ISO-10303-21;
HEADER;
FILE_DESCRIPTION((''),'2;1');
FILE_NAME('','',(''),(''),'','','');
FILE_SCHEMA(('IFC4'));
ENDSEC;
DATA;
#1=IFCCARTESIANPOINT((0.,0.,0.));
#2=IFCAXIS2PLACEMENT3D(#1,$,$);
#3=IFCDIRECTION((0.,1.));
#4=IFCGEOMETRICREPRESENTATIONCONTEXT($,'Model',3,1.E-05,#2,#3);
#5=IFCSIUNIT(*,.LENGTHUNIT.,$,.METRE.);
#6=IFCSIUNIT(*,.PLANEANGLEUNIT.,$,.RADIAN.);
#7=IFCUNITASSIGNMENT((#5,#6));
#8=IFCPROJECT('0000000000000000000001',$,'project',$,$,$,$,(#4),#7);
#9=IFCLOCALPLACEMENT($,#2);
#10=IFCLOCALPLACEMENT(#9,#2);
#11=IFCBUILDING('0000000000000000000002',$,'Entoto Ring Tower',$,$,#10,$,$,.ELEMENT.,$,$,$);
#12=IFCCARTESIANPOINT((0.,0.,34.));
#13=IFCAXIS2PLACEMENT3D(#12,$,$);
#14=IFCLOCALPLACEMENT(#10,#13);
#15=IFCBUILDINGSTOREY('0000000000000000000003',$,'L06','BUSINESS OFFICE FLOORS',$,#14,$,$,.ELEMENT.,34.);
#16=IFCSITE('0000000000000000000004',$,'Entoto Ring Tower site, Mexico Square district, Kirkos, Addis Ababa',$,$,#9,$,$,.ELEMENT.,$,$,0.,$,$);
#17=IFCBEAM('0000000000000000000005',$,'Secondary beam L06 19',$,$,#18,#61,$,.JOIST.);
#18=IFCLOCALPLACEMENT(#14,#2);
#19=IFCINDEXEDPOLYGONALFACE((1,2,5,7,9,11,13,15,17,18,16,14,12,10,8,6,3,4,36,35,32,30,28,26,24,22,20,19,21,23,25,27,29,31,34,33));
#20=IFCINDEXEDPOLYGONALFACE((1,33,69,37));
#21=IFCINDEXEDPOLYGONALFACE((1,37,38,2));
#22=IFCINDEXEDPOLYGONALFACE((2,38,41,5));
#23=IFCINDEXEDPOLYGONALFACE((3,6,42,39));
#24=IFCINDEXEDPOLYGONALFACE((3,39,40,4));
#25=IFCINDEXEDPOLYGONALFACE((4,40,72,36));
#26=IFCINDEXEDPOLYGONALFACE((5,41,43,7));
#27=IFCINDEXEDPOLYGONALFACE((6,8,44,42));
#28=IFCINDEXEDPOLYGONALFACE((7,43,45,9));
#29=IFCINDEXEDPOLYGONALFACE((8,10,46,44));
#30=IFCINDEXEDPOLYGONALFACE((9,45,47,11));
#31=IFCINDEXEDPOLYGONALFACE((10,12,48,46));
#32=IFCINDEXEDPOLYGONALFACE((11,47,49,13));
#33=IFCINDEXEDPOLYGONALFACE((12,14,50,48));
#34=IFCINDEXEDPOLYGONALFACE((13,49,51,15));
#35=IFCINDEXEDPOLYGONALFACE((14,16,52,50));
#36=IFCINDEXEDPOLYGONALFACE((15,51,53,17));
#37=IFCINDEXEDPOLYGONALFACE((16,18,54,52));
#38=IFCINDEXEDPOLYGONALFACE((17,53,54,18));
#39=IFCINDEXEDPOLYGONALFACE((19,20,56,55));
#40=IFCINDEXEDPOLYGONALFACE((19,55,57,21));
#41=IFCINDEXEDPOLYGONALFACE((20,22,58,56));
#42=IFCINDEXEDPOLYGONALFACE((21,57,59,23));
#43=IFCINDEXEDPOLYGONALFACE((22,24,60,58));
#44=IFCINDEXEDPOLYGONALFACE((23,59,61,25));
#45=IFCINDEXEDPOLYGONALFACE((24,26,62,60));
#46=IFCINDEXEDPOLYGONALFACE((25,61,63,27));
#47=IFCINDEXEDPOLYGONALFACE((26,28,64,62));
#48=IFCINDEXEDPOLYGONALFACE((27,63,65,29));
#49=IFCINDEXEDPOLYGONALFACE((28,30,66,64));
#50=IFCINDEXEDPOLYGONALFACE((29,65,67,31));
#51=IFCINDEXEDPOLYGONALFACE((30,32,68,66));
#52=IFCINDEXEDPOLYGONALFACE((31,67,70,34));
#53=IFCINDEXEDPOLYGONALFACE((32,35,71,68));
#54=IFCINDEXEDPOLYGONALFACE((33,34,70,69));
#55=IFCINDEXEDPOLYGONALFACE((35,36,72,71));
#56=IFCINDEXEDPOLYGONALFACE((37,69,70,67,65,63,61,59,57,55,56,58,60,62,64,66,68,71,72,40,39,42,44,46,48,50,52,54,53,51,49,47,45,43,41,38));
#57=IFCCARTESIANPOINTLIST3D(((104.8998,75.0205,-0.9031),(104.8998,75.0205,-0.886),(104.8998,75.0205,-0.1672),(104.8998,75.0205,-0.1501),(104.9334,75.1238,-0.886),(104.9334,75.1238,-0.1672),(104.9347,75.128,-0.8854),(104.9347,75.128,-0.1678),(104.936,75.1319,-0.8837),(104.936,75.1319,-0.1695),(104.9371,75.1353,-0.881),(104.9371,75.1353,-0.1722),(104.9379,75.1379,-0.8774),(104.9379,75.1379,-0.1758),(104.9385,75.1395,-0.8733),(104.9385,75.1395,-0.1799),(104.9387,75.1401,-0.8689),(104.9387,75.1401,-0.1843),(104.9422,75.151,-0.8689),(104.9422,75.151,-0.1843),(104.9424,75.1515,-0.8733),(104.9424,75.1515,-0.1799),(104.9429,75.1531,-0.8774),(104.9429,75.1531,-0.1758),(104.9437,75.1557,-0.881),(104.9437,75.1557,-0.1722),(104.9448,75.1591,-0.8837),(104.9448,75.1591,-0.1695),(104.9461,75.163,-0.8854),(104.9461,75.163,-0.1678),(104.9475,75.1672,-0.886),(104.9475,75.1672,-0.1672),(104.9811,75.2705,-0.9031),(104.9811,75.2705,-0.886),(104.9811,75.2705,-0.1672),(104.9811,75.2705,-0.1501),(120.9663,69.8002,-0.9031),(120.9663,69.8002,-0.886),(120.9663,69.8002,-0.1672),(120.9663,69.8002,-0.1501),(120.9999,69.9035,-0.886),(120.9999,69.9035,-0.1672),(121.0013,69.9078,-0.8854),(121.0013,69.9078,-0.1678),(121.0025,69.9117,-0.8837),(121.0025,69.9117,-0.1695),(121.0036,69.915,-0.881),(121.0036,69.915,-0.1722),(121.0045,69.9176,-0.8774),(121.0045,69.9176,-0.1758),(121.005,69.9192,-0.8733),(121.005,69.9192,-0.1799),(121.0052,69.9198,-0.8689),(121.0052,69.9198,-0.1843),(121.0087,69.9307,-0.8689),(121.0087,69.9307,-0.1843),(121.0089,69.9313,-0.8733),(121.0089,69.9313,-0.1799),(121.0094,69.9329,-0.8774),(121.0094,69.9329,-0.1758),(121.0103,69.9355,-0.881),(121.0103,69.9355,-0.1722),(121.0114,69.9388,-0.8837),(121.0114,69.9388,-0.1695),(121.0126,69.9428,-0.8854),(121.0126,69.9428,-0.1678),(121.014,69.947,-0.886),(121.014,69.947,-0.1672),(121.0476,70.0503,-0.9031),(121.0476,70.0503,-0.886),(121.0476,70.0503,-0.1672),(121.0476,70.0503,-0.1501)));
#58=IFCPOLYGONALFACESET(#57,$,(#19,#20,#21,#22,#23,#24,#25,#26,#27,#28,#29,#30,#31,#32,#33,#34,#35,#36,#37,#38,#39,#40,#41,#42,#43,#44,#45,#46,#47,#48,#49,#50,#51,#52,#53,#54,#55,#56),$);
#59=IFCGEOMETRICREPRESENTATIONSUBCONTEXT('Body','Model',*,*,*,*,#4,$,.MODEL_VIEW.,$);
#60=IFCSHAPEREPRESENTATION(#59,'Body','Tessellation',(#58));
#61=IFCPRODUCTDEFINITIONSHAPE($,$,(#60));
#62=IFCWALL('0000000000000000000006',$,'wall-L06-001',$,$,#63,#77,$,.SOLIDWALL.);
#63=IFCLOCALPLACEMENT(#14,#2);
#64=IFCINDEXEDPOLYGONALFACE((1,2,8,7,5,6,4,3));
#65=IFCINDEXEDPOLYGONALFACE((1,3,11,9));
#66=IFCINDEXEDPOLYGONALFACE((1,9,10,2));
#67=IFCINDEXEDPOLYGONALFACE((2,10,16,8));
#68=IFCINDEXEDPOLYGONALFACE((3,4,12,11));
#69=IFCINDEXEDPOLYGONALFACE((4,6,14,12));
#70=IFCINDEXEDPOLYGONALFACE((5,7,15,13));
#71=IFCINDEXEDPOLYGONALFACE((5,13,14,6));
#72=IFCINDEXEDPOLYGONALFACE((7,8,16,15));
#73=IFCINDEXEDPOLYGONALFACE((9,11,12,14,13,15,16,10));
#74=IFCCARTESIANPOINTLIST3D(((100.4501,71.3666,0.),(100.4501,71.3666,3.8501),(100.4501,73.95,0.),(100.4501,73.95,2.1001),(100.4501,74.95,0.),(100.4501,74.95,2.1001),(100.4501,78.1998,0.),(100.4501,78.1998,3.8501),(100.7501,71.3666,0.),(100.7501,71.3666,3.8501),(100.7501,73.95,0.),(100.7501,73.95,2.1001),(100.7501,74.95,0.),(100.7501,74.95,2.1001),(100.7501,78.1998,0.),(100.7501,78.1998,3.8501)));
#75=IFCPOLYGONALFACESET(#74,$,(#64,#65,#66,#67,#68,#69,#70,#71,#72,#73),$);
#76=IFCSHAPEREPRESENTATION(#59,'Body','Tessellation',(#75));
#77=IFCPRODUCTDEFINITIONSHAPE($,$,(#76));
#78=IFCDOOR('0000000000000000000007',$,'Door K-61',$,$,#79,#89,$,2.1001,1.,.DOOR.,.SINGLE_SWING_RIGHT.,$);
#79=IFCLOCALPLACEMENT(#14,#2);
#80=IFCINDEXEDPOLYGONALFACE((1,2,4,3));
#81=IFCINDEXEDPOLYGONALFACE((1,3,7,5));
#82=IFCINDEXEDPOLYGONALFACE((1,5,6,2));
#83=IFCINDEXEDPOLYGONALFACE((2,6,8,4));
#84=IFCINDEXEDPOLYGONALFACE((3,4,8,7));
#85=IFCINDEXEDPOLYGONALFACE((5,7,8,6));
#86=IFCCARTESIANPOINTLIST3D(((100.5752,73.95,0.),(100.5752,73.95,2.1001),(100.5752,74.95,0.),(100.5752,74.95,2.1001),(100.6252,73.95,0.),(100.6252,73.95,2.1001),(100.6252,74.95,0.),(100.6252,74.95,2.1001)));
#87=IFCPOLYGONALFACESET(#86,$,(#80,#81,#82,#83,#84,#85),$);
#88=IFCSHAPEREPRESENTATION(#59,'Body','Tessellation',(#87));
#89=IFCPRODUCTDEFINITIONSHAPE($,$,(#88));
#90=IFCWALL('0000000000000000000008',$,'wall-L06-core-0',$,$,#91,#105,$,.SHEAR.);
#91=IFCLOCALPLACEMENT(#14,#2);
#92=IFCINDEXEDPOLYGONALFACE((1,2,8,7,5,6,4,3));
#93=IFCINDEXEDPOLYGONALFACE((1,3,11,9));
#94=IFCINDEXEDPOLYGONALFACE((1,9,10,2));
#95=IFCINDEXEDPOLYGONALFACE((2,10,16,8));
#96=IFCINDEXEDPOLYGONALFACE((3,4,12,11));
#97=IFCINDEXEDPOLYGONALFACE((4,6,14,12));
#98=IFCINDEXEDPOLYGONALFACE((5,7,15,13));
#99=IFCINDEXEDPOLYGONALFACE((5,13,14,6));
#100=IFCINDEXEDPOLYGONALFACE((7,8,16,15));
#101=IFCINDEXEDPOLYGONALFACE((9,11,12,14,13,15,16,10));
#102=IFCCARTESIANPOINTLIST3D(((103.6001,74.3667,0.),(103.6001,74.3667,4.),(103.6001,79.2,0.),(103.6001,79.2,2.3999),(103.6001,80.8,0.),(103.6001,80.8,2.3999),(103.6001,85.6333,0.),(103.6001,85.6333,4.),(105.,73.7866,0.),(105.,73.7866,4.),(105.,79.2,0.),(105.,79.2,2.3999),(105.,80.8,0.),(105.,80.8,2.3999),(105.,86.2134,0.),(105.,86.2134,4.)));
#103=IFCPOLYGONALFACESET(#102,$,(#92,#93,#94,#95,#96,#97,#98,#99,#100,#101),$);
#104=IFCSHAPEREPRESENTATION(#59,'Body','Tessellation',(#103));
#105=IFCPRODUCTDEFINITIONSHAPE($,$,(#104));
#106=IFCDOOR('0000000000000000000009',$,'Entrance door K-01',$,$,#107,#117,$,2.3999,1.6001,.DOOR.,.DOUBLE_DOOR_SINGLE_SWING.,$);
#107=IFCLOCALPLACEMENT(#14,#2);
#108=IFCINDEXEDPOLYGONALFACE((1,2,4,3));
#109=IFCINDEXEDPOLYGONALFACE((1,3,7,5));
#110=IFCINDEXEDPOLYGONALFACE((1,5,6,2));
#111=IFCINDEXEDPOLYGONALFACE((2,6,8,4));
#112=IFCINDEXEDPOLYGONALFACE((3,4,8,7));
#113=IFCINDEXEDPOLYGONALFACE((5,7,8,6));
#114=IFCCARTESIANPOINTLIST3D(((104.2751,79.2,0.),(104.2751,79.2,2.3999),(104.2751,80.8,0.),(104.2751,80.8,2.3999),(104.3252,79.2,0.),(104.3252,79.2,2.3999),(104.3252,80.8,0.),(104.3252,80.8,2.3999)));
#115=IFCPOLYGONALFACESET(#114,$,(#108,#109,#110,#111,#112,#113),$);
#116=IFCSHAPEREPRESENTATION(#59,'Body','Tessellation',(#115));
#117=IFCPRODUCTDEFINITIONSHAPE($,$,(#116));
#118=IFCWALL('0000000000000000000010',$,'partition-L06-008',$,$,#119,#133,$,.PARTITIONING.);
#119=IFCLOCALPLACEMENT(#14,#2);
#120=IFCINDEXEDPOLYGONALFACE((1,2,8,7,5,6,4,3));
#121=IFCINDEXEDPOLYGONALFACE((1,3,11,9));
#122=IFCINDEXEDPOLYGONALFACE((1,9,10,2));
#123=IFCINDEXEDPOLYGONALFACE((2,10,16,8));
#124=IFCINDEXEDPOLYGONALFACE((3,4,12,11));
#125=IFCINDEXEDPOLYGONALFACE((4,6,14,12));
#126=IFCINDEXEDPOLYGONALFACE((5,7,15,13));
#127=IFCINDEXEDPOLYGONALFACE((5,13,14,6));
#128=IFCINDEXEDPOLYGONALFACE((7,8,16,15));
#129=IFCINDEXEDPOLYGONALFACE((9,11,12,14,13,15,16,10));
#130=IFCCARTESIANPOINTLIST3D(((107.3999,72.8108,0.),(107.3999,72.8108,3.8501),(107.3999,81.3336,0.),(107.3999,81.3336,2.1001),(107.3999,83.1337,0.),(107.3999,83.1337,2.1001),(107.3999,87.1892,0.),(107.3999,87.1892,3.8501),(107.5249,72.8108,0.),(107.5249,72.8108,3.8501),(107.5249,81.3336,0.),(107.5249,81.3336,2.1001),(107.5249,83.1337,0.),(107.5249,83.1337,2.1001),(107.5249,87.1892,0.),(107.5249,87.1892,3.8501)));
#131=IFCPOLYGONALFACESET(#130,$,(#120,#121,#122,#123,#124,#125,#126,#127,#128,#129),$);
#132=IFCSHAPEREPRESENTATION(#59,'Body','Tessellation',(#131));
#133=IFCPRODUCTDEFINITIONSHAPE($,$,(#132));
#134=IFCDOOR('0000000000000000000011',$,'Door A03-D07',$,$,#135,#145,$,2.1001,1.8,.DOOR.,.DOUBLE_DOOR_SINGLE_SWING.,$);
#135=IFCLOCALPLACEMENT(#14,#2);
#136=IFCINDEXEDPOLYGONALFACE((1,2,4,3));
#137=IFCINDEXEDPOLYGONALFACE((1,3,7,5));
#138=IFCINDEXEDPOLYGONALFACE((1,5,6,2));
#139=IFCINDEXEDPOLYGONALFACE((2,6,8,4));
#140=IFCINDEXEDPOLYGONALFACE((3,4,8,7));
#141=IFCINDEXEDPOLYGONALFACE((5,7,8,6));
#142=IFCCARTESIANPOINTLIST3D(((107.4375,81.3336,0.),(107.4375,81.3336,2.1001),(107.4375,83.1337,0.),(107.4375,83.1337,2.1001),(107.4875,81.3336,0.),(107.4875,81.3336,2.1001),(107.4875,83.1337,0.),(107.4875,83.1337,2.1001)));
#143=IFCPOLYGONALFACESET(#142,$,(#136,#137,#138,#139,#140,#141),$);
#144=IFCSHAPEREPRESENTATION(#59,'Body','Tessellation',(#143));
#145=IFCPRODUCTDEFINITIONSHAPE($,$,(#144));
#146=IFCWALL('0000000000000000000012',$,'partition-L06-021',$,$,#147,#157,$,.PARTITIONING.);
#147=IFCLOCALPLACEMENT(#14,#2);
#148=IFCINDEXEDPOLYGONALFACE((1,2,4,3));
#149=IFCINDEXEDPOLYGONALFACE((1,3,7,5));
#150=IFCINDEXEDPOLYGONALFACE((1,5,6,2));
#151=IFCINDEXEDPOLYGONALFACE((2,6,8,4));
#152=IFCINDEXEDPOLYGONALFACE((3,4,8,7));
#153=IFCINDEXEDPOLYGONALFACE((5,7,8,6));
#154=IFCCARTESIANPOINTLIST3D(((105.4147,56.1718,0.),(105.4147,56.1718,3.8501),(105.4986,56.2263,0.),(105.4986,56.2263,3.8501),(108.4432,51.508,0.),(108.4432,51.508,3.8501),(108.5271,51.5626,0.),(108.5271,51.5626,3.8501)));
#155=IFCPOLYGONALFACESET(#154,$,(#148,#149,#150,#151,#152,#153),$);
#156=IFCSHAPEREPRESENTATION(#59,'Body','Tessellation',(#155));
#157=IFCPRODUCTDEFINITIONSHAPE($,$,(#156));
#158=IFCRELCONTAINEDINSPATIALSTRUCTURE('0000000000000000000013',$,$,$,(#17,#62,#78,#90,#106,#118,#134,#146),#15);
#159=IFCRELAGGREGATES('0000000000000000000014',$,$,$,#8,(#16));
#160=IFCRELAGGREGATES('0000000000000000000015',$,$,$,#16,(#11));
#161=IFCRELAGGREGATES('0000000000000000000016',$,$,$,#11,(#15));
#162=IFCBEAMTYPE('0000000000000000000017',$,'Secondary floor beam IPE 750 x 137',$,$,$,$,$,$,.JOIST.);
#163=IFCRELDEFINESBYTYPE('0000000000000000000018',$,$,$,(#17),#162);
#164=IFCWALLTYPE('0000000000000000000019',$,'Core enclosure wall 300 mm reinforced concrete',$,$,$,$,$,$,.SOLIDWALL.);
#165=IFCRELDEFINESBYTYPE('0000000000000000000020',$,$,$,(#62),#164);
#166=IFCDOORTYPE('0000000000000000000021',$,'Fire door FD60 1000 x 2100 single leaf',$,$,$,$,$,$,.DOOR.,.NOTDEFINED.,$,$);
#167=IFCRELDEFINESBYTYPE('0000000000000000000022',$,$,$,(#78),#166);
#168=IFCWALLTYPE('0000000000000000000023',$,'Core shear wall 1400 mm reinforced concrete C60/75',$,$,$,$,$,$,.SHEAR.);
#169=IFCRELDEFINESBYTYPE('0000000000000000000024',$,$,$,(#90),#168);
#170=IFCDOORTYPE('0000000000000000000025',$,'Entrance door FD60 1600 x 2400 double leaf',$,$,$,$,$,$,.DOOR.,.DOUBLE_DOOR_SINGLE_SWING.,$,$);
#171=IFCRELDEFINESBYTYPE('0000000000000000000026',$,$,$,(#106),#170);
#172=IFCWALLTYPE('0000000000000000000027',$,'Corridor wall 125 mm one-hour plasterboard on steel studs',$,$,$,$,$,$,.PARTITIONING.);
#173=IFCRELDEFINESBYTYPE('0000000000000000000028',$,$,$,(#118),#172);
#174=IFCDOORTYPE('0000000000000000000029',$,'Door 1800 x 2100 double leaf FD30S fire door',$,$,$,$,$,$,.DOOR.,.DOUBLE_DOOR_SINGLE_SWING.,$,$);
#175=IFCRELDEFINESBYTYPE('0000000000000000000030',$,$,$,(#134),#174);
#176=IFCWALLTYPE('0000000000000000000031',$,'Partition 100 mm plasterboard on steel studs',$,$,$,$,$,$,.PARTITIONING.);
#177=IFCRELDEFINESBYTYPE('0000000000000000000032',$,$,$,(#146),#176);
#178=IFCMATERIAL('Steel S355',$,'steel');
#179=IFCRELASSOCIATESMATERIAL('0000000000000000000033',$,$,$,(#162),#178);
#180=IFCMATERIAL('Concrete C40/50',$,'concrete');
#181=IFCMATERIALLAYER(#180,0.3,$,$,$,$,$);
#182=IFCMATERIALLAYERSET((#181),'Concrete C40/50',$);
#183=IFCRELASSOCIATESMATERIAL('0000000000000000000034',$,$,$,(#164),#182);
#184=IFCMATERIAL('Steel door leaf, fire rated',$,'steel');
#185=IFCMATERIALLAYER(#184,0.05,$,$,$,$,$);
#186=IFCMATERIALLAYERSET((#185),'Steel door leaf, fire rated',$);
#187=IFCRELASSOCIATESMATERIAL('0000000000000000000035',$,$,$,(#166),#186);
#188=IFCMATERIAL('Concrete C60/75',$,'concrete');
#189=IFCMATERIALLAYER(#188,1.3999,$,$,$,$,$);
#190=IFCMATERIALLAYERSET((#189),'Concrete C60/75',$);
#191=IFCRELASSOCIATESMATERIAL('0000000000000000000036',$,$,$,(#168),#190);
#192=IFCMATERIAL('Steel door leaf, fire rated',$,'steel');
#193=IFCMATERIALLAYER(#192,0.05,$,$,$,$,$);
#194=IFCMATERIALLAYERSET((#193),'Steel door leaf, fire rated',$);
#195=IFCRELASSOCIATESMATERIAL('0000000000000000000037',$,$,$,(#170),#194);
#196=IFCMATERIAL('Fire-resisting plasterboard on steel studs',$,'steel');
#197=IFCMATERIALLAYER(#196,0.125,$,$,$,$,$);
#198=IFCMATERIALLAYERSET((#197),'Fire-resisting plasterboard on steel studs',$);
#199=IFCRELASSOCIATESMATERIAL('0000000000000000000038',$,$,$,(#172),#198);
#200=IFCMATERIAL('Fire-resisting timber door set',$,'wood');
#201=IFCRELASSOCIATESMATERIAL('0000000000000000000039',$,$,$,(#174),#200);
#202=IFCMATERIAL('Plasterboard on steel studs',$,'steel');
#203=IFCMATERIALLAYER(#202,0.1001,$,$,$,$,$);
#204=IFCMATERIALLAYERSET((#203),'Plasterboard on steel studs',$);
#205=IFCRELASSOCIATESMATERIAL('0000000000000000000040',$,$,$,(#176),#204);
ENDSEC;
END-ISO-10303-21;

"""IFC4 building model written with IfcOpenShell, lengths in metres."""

from ifc_helpers import new_model, si_unit, direction, frame, frame_2d, origin, origin_2d, place, context, subcontext, project, spatial, polyline, rectangle, i_section, outline, extrude, material, layer, layer_set, material_profile, profile_set, type_object, element, fill, save


model = new_model("IFC4")

# Units and contexts
model_context = context("Model", 3, precision=1e-05, world=origin(), true_north=direction((0.0, 1.0)))
body_context = subcontext(model_context, "Body", "Model", "MODEL_VIEW")
ifc_project = project(units=[si_unit("LENGTHUNIT", "METRE"), si_unit("PLANEANGLEUNIT", "RADIAN")], contexts=[model_context])

# Site, building, storey
site_placement = place(None, origin())
site = spatial("IfcSite", under=ifc_project, at=site_placement, Name="Entoto Ring Tower site, Mexico Square district, Kirkos, Addis Ababa", CompositionType="ELEMENT", RefElevation=0.0)
building_placement = place(site_placement, origin())
building = spatial("IfcBuilding", under=site, at=building_placement, Name="Entoto Ring Tower", CompositionType="ELEMENT")
storey_placement = place(building_placement, frame((0.0, 0.0, 34.0)))
storey = spatial("IfcBuildingStorey", under=building, at=storey_placement, Name="L06", Description="BUSINESS OFFICE FLOORS", CompositionType="ELEMENT", Elevation=34.0)

# Beam
ifc_material_1 = material(Name="Steel S355", Category="steel")
ifc_material_profile_1 = material_profile(ifc_material_1, i_section(OverallWidth=0.2629, OverallDepth=0.7529, WebThickness=0.0115, FlangeThickness=0.0171, FilletRadius=0.0171, at=origin_2d()), Name="IPE 750 x 137")
ifc_profile_set_1 = profile_set([ifc_material_profile_1], Name="Steel S355")
beam_type_1 = type_object("IfcBeamType", Name="Secondary floor beam IPE 750 x 137", PredefinedType="JOIST", material=ifc_profile_set_1)
beam_1_placement = place(storey_placement, frame((104.9404, 75.1455, -0.5266), z_axis=(0.951058, -0.309013, 0.0), x_axis=(0.309013, 0.951058, 0.0)))
element("IfcBeam", 1, at=beam_1_placement, inside=storey, type_object=beam_type_1, Name="Secondary beam L06 19", PredefinedType="JOIST", context=body_context, shape_type="SweptSolid", body=[
    extrude(i_section(OverallWidth=0.2629, OverallDepth=0.7529, WebThickness=0.0115, FlangeThickness=0.0171, FilletRadius=0.0171, at=origin_2d()), origin(), (0.0, 0.0, 1.0), 16.8933),
])

# Walls, openings, doors
ifc_material_2 = material(Name="Concrete C40/50", Category="concrete")
ifc_layer_1 = layer(ifc_material_2, 0.3)
ifc_layer_set_1 = layer_set([ifc_layer_1], Name="Concrete C40/50")
wall_type_1 = type_object("IfcWallType", Name="Core enclosure wall 300 mm reinforced concrete", PredefinedType="SOLIDWALL", material=ifc_layer_set_1)
wall_1_placement = place(storey_placement, frame((100.6001, 71.3667, 0.0), z_axis=(0.0, 0.0, 1.0), x_axis=(0.0, 1.0, 0.0)))
wall_1 = element("IfcWall", 2, at=wall_1_placement, inside=storey, type_object=wall_type_1, Name="wall-L06-001", PredefinedType="SOLIDWALL", context=body_context, shape_type="SweptSolid", body=[
    extrude(rectangle(XDim=6.8333, YDim=0.3, at=frame_2d((3.4165, 0.0))), origin(), (0.0, 0.0, 1.0), 3.8501),
])
opening_1_placement = place(wall_1_placement, frame((2.5833, 0.0, 0.0)))
opening_1 = element("IfcOpeningElement", 3, at=opening_1_placement, cuts=wall_1, PredefinedType="OPENING", context=body_context, shape_type="SweptSolid", body=[
    extrude(rectangle(XDim=1.0, YDim=2.1001, at=frame_2d((0.5, 1.05))), frame((0.0, 0.1602, 0.0), z_axis=(0.0, -1.0, 0.0), x_axis=(1.0, 0.0, 0.0)), (0.0, 0.0, 1.0), 0.3201),
])
ifc_material_3 = material(Name="Steel door leaf, fire rated", Category="steel")
ifc_layer_2 = layer(ifc_material_3, 0.05)
ifc_layer_set_2 = layer_set([ifc_layer_2], Name="Steel door leaf, fire rated")
door_type_1 = type_object("IfcDoorType", Name="Fire door FD60 1000 x 2100 single leaf", OperationType="NOTDEFINED", PredefinedType="DOOR", material=ifc_layer_set_2)
door_1_placement = place(opening_1_placement, origin())
door_1 = element("IfcDoor", 4, at=door_1_placement, inside=storey, type_object=door_type_1, Name="Door K-61", OperationType="SINGLE_SWING_RIGHT", OverallHeight=2.1001, OverallWidth=1.0, PredefinedType="DOOR", context=body_context, shape_type="SweptSolid", body=[
    extrude(rectangle(XDim=1.0, YDim=2.1001, at=frame_2d((0.5, 1.05))), frame((0.0, 0.0249, 0.0), z_axis=(0.0, -1.0, 0.0), x_axis=(1.0, 0.0, 0.0)), (0.0, 0.0, 1.0), 0.05),
])
fill(opening_1, door_1)
ifc_material_4 = material(Name="Concrete C60/75", Category="concrete")
ifc_layer_3 = layer(ifc_material_4, 1.3999)
ifc_layer_set_3 = layer_set([ifc_layer_3], Name="Concrete C60/75")
wall_type_2 = type_object("IfcWallType", Name="Core shear wall 1400 mm reinforced concrete C60/75", PredefinedType="SHEAR", material=ifc_layer_set_3)
wall_2_placement = place(storey_placement, frame((104.3, 74.0767, 0.0), z_axis=(0.0, 0.0, 1.0), x_axis=(0.0, 1.0, 0.0)))
wall_2 = element("IfcWall", 5, at=wall_2_placement, inside=storey, type_object=wall_type_2, Name="wall-L06-core-0", PredefinedType="SHEAR", context=body_context, shape_type="SweptSolid", body=[
    extrude(outline(polyline([(-0.29, -0.7), (12.1367, -0.7), (11.5566, 0.7), (0.29, 0.7), (-0.29, -0.7)])), origin(), (0.0, 0.0, 1.0), 4.0),
])
opening_2_placement = place(wall_2_placement, frame((5.1233, 0.0, 0.0)))
opening_2 = element("IfcOpeningElement", 6, at=opening_2_placement, cuts=wall_2, PredefinedType="OPENING", context=body_context, shape_type="SweptSolid", body=[
    extrude(rectangle(XDim=1.6001, YDim=2.3999, at=frame_2d((0.8, 1.2))), frame((0.0, 0.71, 0.0), z_axis=(0.0, -1.0, 0.0), x_axis=(1.0, 0.0, 0.0)), (0.0, 0.0, 1.0), 1.4199),
])
ifc_material_5 = material(Name="Steel door leaf, fire rated", Category="steel")
ifc_layer_4 = layer(ifc_material_5, 0.05)
ifc_layer_set_4 = layer_set([ifc_layer_4], Name="Steel door leaf, fire rated")
door_type_2 = type_object("IfcDoorType", Name="Entrance door FD60 1600 x 2400 double leaf", OperationType="DOUBLE_DOOR_SINGLE_SWING", PredefinedType="DOOR", material=ifc_layer_set_4)
door_2_placement = place(opening_2_placement, origin())
door_2 = element("IfcDoor", 7, at=door_2_placement, inside=storey, type_object=door_type_2, Name="Entrance door K-01", OperationType="DOUBLE_DOOR_SINGLE_SWING", OverallHeight=2.3999, OverallWidth=1.6001, PredefinedType="DOOR", context=body_context, shape_type="SweptSolid", body=[
    extrude(rectangle(XDim=1.6001, YDim=2.3999, at=frame_2d((0.8, 1.2))), frame((0.0, 0.0249, 0.0), z_axis=(0.0, -1.0, 0.0), x_axis=(1.0, 0.0, 0.0)), (0.0, 0.0, 1.0), 0.05),
])
fill(opening_2, door_2)
ifc_material_6 = material(Name="Fire-resisting plasterboard on steel studs", Category="steel")
ifc_layer_5 = layer(ifc_material_6, 0.125)
ifc_layer_set_5 = layer_set([ifc_layer_5], Name="Fire-resisting plasterboard on steel studs")
wall_type_3 = type_object("IfcWallType", Name="Corridor wall 125 mm one-hour plasterboard on steel studs", PredefinedType="PARTITIONING", material=ifc_layer_set_5)
wall_3_placement = place(storey_placement, frame((107.4624, 72.8108, 0.0), z_axis=(0.0, 0.0, 1.0), x_axis=(0.0, 1.0, 0.0)))
wall_3 = element("IfcWall", 8, at=wall_3_placement, inside=storey, type_object=wall_type_3, Name="partition-L06-008", PredefinedType="PARTITIONING", context=body_context, shape_type="SweptSolid", body=[
    extrude(rectangle(XDim=14.3784, YDim=0.125, at=frame_2d((7.1892, 0.0))), origin(), (0.0, 0.0, 1.0), 3.8501),
])
opening_3_placement = place(wall_3_placement, frame((8.5229, 0.0, 0.0)))
opening_3 = element("IfcOpeningElement", 9, at=opening_3_placement, cuts=wall_3, PredefinedType="OPENING", context=body_context, shape_type="SweptSolid", body=[
    extrude(rectangle(XDim=1.8, YDim=2.1001, at=frame_2d((0.8999, 1.05))), frame((0.0, 0.0725, 0.0), z_axis=(0.0, -1.0, 0.0), x_axis=(1.0, 0.0, 0.0)), (0.0, 0.0, 1.0), 0.145),
])
ifc_material_7 = material(Name="Fire-resisting timber door set", Category="wood")
door_type_3 = type_object("IfcDoorType", Name="Door 1800 x 2100 double leaf FD30S fire door", OperationType="DOUBLE_DOOR_SINGLE_SWING", PredefinedType="DOOR", material=ifc_material_7)
door_3_placement = place(opening_3_placement, origin())
door_3 = element("IfcDoor", 10, at=door_3_placement, inside=storey, type_object=door_type_3, Name="Door A03-D07", OperationType="DOUBLE_DOOR_SINGLE_SWING", OverallHeight=2.1001, OverallWidth=1.8, PredefinedType="DOOR", context=body_context, shape_type="SweptSolid", body=[
    extrude(rectangle(XDim=1.8, YDim=2.1001, at=frame_2d((0.8999, 1.05))), frame((0.0, 0.0249, 0.0), z_axis=(0.0, -1.0, 0.0), x_axis=(1.0, 0.0, 0.0)), (0.0, 0.0, 1.0), 0.05),
])
fill(opening_3, door_3)

# Wall
ifc_material_8 = material(Name="Plasterboard on steel studs", Category="steel")
ifc_layer_6 = layer(ifc_material_8, 0.1001)
ifc_layer_set_6 = layer_set([ifc_layer_6], Name="Plasterboard on steel studs")
wall_type_4 = type_object("IfcWallType", Name="Partition 100 mm plasterboard on steel studs", PredefinedType="PARTITIONING", material=ifc_layer_set_6)
wall_4_placement = place(storey_placement, frame((108.4851, 51.5354, 0.0), z_axis=(0.0, 0.0, 1.0), x_axis=(-0.544619, 0.838683, 0.0)))
element("IfcWall", 11, at=wall_4_placement, inside=storey, type_object=wall_type_4, Name="partition-L06-021", PredefinedType="PARTITIONING", context=body_context, shape_type="SweptSolid", body=[
    extrude(rectangle(XDim=5.5608, YDim=0.1001, at=frame_2d((2.7803, 0.0))), origin(), (0.0, 0.0, 1.0), 3.8501),
])

save(model, "model.ifc")
